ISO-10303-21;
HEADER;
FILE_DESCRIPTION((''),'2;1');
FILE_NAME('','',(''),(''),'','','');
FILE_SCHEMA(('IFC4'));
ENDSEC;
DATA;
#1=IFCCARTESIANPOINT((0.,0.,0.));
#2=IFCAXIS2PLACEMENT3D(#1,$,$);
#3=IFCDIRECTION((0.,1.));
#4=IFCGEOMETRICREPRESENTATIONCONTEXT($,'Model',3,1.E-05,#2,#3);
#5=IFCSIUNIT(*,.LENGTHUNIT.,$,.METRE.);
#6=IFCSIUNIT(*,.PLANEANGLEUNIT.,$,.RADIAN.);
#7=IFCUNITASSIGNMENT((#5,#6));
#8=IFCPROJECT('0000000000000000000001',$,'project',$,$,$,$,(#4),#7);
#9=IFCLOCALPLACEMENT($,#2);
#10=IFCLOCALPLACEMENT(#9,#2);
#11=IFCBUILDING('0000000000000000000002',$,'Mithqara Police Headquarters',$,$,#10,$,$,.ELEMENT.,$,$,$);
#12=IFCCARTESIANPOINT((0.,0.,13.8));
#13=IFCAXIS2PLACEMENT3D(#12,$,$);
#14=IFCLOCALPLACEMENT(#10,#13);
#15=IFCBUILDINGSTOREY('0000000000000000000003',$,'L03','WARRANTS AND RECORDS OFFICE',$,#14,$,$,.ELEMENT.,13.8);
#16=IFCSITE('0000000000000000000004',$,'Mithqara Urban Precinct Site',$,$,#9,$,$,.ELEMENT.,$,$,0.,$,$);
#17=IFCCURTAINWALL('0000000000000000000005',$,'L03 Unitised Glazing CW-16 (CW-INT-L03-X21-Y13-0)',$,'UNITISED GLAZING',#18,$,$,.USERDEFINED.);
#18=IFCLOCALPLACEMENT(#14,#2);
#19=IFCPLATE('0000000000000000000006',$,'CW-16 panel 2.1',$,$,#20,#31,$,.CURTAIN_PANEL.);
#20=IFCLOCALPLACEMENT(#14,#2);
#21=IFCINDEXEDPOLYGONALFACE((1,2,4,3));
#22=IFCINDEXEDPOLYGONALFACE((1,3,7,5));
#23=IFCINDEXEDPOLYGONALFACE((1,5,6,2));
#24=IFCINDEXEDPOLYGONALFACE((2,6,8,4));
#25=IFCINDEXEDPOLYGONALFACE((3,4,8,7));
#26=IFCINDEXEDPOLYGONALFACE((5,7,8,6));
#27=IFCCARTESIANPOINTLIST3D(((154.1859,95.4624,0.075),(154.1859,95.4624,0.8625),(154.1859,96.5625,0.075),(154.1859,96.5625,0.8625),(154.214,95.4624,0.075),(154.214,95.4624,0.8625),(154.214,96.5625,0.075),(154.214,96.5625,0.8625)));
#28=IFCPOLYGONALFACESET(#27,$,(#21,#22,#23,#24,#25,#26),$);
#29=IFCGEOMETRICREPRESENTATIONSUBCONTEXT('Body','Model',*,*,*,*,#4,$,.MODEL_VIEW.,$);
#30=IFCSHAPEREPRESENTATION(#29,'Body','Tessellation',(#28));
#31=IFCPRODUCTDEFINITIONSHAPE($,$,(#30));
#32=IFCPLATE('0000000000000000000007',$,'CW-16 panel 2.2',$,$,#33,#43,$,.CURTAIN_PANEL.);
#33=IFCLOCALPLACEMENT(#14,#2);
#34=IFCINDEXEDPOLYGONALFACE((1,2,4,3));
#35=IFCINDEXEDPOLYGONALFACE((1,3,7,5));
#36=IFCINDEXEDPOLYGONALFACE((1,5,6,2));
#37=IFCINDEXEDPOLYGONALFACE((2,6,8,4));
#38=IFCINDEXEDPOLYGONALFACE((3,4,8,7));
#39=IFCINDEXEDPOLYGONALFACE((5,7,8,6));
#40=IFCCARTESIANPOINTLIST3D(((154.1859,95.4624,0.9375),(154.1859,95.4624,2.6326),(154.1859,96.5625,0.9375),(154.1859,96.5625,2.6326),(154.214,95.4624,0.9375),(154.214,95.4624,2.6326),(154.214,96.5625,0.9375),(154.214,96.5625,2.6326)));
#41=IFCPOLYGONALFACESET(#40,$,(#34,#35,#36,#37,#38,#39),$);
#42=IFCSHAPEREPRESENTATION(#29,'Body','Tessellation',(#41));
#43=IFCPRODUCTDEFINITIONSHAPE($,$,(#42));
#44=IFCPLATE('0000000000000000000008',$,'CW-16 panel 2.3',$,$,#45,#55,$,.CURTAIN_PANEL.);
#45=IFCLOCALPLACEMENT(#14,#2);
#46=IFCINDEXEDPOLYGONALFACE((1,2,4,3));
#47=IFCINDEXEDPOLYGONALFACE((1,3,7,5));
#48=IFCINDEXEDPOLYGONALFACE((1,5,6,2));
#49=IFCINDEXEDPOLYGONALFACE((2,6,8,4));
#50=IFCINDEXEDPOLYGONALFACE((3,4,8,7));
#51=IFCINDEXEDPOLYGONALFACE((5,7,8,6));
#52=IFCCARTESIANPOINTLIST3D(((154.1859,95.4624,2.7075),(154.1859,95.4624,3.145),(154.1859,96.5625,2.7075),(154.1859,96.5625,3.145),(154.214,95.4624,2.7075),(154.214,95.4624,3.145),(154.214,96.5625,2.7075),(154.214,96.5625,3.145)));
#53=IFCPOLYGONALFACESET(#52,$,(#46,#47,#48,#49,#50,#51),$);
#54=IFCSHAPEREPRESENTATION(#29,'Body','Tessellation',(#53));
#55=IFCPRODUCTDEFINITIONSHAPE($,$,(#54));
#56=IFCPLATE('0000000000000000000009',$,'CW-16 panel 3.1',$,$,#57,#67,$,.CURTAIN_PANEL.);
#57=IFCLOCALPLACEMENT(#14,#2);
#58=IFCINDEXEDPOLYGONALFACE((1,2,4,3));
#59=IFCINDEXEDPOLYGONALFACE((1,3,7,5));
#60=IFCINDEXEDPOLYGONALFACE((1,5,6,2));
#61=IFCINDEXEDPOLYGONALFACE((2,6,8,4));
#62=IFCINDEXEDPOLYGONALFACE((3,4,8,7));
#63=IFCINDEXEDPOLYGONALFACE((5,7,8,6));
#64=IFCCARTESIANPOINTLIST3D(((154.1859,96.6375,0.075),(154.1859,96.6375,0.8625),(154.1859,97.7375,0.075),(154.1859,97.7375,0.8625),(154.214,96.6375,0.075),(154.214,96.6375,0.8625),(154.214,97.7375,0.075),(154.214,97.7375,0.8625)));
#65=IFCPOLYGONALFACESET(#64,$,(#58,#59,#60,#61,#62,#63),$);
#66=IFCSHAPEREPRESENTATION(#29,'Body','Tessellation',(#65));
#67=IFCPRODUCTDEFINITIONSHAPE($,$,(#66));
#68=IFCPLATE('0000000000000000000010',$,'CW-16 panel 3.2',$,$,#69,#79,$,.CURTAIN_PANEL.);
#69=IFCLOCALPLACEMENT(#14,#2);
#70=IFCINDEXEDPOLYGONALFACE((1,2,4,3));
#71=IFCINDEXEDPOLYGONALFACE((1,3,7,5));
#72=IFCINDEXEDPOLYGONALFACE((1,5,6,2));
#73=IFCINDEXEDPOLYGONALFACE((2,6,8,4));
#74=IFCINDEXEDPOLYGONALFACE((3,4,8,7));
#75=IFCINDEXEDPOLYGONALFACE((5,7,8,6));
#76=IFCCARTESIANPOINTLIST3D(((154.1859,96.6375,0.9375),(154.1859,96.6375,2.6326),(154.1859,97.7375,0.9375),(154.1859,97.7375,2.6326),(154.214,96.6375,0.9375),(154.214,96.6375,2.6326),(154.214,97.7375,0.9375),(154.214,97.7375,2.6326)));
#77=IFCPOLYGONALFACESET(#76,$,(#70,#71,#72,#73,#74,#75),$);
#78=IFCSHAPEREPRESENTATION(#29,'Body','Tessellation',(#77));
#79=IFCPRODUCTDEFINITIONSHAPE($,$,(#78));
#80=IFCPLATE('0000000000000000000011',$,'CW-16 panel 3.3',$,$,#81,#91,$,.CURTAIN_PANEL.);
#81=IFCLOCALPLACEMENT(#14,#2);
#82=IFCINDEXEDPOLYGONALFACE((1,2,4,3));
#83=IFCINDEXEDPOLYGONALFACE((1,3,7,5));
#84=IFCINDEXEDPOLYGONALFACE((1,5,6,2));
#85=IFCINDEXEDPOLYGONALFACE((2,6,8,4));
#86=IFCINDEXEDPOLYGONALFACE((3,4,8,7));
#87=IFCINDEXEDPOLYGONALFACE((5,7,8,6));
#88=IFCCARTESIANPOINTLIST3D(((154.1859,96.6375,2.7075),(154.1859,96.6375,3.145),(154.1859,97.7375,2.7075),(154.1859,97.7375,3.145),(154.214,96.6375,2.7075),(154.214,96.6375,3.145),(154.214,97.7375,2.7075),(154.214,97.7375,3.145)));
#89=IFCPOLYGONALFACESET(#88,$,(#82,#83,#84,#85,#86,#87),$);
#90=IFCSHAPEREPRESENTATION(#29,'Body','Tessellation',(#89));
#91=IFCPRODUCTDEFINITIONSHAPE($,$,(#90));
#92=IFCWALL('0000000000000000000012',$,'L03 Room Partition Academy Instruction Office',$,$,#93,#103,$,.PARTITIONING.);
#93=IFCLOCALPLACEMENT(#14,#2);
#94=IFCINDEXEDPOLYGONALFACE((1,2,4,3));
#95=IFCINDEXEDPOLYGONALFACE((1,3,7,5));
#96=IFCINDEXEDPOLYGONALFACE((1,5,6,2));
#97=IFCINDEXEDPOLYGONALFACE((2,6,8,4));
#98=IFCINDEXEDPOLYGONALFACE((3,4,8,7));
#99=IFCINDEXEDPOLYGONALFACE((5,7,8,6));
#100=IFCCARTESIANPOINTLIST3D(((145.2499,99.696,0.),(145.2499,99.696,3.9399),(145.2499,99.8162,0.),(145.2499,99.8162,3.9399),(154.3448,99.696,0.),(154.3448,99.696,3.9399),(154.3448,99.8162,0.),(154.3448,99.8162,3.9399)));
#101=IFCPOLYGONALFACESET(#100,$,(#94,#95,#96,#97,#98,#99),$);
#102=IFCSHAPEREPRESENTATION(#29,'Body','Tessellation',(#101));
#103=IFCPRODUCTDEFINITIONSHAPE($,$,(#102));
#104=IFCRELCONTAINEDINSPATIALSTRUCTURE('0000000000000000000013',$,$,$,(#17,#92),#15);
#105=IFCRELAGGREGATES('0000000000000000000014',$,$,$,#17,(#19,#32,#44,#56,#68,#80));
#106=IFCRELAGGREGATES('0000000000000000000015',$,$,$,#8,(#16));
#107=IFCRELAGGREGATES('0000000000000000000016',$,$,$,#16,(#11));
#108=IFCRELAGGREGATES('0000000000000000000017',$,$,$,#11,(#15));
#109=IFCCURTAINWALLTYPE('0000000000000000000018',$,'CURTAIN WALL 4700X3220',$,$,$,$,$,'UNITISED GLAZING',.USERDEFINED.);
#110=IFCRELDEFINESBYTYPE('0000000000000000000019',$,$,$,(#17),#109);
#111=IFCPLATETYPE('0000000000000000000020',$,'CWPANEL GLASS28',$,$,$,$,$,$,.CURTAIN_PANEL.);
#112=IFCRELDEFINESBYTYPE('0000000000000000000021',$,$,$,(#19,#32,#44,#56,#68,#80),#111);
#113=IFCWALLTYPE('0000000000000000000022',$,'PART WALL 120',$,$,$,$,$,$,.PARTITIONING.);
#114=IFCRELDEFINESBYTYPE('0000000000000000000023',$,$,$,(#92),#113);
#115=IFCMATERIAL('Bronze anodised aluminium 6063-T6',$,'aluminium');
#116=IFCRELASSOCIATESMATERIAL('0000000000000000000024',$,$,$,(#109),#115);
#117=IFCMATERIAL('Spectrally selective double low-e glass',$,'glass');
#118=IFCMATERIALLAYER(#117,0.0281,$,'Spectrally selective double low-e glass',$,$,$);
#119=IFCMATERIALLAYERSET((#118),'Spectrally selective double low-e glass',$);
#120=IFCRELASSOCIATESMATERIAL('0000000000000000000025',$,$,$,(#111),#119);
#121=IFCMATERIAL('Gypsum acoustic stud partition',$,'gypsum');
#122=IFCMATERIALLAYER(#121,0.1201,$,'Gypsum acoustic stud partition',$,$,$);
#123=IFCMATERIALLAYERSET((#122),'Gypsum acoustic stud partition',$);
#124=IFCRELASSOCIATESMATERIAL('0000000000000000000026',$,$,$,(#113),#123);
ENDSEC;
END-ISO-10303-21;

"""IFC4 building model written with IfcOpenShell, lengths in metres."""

from ifc_helpers import new_model, si_unit, direction, frame, frame_2d, origin, origin_2d, place, context, subcontext, project, spatial, rectangle, extrude, material, layer, layer_set, type_object, element, aggregate, save


model = new_model("IFC4")

# Units and contexts
model_context = context("Model", 3, precision=1e-05, world=origin(), true_north=direction((0.0, 1.0)))
body_context = subcontext(model_context, "Body", "Model", "MODEL_VIEW")
ifc_project = project(units=[si_unit("LENGTHUNIT", "METRE"), si_unit("PLANEANGLEUNIT", "RADIAN")], contexts=[model_context])

# Site, building, storey
site_placement = place(None, origin())
site = spatial("IfcSite", under=ifc_project, at=site_placement, Name="Mithqara Urban Precinct Site", CompositionType="ELEMENT", RefElevation=0.0)
building_placement = place(site_placement, origin())
building = spatial("IfcBuilding", under=site, at=building_placement, Name="Mithqara Police Headquarters", CompositionType="ELEMENT")
storey_placement = place(building_placement, frame((0.0, 0.0, 13.8)))
storey = spatial("IfcBuildingStorey", under=building, at=storey_placement, Name="L03", Description="WARRANTS AND RECORDS OFFICE", CompositionType="ELEMENT", Elevation=13.8)

# Curtain wall, plates
ifc_material_1 = material(Name="Bronze anodised aluminium 6063-T6", Category="aluminium")
curtain_wall_type = type_object("IfcCurtainWallType", Name="CURTAIN WALL 4700X3220", ElementType="UNITISED GLAZING", PredefinedType="USERDEFINED", material=ifc_material_1)
curtain_wall_placement = place(storey_placement, origin())
curtain_wall = element("IfcCurtainWall", 1, at=curtain_wall_placement, inside=storey, type_object=curtain_wall_type, Name="L03 Unitised Glazing CW-16 (CW-INT-L03-X21-Y13-0)", ObjectType="UNITISED GLAZING", PredefinedType="USERDEFINED")
ifc_material_2 = material(Name="Spectrally selective double low-e glass", Category="glass")
ifc_layer_1 = layer(ifc_material_2, 0.0281, Name="Spectrally selective double low-e glass")
ifc_layer_set_1 = layer_set([ifc_layer_1], Name="Spectrally selective double low-e glass")
plate_type = type_object("IfcPlateType", Name="CWPANEL GLASS28", PredefinedType="CURTAIN_PANEL", material=ifc_layer_set_1)
plate_1_placement = place(storey_placement, frame((154.2, 96.0125, 0.075), z_axis=(0.0, 0.0, 1.0), x_axis=(0.0, 1.0, 0.0)))
plate_1 = element("IfcPlate", 2, at=plate_1_placement, type_object=plate_type, Name="CW-16 panel 2.1", PredefinedType="CURTAIN_PANEL", context=body_context, shape_type="SweptSolid", body=[
    extrude(rectangle(XDim=1.1001, YDim=0.0281, at=origin_2d()), origin(), (0.0, 0.0, 1.0), 0.7876),
])
plate_2_placement = place(storey_placement, frame((154.2, 96.0125, 0.9375), z_axis=(0.0, 0.0, 1.0), x_axis=(0.0, 1.0, 0.0)))
plate_2 = element("IfcPlate", 3, at=plate_2_placement, type_object=plate_type, Name="CW-16 panel 2.2", PredefinedType="CURTAIN_PANEL", context=body_context, shape_type="SweptSolid", body=[
    extrude(rectangle(XDim=1.1001, YDim=0.0281, at=origin_2d()), origin(), (0.0, 0.0, 1.0), 1.6951),
])
plate_3_placement = place(storey_placement, frame((154.2, 96.0125, 2.7075), z_axis=(0.0, 0.0, 1.0), x_axis=(0.0, 1.0, 0.0)))
plate_3 = element("IfcPlate", 4, at=plate_3_placement, type_object=plate_type, Name="CW-16 panel 2.3", PredefinedType="CURTAIN_PANEL", context=body_context, shape_type="SweptSolid", body=[
    extrude(rectangle(XDim=1.1001, YDim=0.0281, at=origin_2d()), origin(), (0.0, 0.0, 1.0), 0.4375),
])
plate_4_placement = place(storey_placement, frame((154.2, 97.1875, 0.075), z_axis=(0.0, 0.0, 1.0), x_axis=(0.0, 1.0, 0.0)))
plate_4 = element("IfcPlate", 5, at=plate_4_placement, type_object=plate_type, Name="CW-16 panel 3.1", PredefinedType="CURTAIN_PANEL", context=body_context, shape_type="SweptSolid", body=[
    extrude(rectangle(XDim=1.1001, YDim=0.0281, at=origin_2d()), origin(), (0.0, 0.0, 1.0), 0.7876),
])
plate_5_placement = place(storey_placement, frame((154.2, 97.1875, 0.9375), z_axis=(0.0, 0.0, 1.0), x_axis=(0.0, 1.0, 0.0)))
plate_5 = element("IfcPlate", 6, at=plate_5_placement, type_object=plate_type, Name="CW-16 panel 3.2", PredefinedType="CURTAIN_PANEL", context=body_context, shape_type="SweptSolid", body=[
    extrude(rectangle(XDim=1.1001, YDim=0.0281, at=origin_2d()), origin(), (0.0, 0.0, 1.0), 1.6951),
])
plate_6_placement = place(storey_placement, frame((154.2, 97.1875, 2.7075), z_axis=(0.0, 0.0, 1.0), x_axis=(0.0, 1.0, 0.0)))
plate_6 = element("IfcPlate", 7, at=plate_6_placement, type_object=plate_type, Name="CW-16 panel 3.3", PredefinedType="CURTAIN_PANEL", context=body_context, shape_type="SweptSolid", body=[
    extrude(rectangle(XDim=1.1001, YDim=0.0281, at=origin_2d()), origin(), (0.0, 0.0, 1.0), 0.4375),
])
aggregate(curtain_wall, [plate_1, plate_2, plate_3, plate_4, plate_5, plate_6])

# Wall
ifc_material_3 = material(Name="Gypsum acoustic stud partition", Category="gypsum")
ifc_layer_2 = layer(ifc_material_3, 0.1201, Name="Gypsum acoustic stud partition")
ifc_layer_set_2 = layer_set([ifc_layer_2], Name="Gypsum acoustic stud partition")
wall_type = type_object("IfcWallType", Name="PART WALL 120", PredefinedType="PARTITIONING", material=ifc_layer_set_2)
wall_placement = place(storey_placement, frame((145.25, 99.7561, 0.0), z_axis=(0.0, 0.0, 1.0), x_axis=(1.0, 0.0, 0.0)))
element("IfcWall", 8, at=wall_placement, inside=storey, type_object=wall_type, Name="L03 Room Partition Academy Instruction Office", PredefinedType="PARTITIONING", context=body_context, shape_type="SweptSolid", body=[
    extrude(rectangle(XDim=9.095, YDim=0.1201, at=frame_2d((4.5474, 0.0))), origin(), (0.0, 0.0, 1.0), 3.9399),
])

save(model, "model.ifc")
